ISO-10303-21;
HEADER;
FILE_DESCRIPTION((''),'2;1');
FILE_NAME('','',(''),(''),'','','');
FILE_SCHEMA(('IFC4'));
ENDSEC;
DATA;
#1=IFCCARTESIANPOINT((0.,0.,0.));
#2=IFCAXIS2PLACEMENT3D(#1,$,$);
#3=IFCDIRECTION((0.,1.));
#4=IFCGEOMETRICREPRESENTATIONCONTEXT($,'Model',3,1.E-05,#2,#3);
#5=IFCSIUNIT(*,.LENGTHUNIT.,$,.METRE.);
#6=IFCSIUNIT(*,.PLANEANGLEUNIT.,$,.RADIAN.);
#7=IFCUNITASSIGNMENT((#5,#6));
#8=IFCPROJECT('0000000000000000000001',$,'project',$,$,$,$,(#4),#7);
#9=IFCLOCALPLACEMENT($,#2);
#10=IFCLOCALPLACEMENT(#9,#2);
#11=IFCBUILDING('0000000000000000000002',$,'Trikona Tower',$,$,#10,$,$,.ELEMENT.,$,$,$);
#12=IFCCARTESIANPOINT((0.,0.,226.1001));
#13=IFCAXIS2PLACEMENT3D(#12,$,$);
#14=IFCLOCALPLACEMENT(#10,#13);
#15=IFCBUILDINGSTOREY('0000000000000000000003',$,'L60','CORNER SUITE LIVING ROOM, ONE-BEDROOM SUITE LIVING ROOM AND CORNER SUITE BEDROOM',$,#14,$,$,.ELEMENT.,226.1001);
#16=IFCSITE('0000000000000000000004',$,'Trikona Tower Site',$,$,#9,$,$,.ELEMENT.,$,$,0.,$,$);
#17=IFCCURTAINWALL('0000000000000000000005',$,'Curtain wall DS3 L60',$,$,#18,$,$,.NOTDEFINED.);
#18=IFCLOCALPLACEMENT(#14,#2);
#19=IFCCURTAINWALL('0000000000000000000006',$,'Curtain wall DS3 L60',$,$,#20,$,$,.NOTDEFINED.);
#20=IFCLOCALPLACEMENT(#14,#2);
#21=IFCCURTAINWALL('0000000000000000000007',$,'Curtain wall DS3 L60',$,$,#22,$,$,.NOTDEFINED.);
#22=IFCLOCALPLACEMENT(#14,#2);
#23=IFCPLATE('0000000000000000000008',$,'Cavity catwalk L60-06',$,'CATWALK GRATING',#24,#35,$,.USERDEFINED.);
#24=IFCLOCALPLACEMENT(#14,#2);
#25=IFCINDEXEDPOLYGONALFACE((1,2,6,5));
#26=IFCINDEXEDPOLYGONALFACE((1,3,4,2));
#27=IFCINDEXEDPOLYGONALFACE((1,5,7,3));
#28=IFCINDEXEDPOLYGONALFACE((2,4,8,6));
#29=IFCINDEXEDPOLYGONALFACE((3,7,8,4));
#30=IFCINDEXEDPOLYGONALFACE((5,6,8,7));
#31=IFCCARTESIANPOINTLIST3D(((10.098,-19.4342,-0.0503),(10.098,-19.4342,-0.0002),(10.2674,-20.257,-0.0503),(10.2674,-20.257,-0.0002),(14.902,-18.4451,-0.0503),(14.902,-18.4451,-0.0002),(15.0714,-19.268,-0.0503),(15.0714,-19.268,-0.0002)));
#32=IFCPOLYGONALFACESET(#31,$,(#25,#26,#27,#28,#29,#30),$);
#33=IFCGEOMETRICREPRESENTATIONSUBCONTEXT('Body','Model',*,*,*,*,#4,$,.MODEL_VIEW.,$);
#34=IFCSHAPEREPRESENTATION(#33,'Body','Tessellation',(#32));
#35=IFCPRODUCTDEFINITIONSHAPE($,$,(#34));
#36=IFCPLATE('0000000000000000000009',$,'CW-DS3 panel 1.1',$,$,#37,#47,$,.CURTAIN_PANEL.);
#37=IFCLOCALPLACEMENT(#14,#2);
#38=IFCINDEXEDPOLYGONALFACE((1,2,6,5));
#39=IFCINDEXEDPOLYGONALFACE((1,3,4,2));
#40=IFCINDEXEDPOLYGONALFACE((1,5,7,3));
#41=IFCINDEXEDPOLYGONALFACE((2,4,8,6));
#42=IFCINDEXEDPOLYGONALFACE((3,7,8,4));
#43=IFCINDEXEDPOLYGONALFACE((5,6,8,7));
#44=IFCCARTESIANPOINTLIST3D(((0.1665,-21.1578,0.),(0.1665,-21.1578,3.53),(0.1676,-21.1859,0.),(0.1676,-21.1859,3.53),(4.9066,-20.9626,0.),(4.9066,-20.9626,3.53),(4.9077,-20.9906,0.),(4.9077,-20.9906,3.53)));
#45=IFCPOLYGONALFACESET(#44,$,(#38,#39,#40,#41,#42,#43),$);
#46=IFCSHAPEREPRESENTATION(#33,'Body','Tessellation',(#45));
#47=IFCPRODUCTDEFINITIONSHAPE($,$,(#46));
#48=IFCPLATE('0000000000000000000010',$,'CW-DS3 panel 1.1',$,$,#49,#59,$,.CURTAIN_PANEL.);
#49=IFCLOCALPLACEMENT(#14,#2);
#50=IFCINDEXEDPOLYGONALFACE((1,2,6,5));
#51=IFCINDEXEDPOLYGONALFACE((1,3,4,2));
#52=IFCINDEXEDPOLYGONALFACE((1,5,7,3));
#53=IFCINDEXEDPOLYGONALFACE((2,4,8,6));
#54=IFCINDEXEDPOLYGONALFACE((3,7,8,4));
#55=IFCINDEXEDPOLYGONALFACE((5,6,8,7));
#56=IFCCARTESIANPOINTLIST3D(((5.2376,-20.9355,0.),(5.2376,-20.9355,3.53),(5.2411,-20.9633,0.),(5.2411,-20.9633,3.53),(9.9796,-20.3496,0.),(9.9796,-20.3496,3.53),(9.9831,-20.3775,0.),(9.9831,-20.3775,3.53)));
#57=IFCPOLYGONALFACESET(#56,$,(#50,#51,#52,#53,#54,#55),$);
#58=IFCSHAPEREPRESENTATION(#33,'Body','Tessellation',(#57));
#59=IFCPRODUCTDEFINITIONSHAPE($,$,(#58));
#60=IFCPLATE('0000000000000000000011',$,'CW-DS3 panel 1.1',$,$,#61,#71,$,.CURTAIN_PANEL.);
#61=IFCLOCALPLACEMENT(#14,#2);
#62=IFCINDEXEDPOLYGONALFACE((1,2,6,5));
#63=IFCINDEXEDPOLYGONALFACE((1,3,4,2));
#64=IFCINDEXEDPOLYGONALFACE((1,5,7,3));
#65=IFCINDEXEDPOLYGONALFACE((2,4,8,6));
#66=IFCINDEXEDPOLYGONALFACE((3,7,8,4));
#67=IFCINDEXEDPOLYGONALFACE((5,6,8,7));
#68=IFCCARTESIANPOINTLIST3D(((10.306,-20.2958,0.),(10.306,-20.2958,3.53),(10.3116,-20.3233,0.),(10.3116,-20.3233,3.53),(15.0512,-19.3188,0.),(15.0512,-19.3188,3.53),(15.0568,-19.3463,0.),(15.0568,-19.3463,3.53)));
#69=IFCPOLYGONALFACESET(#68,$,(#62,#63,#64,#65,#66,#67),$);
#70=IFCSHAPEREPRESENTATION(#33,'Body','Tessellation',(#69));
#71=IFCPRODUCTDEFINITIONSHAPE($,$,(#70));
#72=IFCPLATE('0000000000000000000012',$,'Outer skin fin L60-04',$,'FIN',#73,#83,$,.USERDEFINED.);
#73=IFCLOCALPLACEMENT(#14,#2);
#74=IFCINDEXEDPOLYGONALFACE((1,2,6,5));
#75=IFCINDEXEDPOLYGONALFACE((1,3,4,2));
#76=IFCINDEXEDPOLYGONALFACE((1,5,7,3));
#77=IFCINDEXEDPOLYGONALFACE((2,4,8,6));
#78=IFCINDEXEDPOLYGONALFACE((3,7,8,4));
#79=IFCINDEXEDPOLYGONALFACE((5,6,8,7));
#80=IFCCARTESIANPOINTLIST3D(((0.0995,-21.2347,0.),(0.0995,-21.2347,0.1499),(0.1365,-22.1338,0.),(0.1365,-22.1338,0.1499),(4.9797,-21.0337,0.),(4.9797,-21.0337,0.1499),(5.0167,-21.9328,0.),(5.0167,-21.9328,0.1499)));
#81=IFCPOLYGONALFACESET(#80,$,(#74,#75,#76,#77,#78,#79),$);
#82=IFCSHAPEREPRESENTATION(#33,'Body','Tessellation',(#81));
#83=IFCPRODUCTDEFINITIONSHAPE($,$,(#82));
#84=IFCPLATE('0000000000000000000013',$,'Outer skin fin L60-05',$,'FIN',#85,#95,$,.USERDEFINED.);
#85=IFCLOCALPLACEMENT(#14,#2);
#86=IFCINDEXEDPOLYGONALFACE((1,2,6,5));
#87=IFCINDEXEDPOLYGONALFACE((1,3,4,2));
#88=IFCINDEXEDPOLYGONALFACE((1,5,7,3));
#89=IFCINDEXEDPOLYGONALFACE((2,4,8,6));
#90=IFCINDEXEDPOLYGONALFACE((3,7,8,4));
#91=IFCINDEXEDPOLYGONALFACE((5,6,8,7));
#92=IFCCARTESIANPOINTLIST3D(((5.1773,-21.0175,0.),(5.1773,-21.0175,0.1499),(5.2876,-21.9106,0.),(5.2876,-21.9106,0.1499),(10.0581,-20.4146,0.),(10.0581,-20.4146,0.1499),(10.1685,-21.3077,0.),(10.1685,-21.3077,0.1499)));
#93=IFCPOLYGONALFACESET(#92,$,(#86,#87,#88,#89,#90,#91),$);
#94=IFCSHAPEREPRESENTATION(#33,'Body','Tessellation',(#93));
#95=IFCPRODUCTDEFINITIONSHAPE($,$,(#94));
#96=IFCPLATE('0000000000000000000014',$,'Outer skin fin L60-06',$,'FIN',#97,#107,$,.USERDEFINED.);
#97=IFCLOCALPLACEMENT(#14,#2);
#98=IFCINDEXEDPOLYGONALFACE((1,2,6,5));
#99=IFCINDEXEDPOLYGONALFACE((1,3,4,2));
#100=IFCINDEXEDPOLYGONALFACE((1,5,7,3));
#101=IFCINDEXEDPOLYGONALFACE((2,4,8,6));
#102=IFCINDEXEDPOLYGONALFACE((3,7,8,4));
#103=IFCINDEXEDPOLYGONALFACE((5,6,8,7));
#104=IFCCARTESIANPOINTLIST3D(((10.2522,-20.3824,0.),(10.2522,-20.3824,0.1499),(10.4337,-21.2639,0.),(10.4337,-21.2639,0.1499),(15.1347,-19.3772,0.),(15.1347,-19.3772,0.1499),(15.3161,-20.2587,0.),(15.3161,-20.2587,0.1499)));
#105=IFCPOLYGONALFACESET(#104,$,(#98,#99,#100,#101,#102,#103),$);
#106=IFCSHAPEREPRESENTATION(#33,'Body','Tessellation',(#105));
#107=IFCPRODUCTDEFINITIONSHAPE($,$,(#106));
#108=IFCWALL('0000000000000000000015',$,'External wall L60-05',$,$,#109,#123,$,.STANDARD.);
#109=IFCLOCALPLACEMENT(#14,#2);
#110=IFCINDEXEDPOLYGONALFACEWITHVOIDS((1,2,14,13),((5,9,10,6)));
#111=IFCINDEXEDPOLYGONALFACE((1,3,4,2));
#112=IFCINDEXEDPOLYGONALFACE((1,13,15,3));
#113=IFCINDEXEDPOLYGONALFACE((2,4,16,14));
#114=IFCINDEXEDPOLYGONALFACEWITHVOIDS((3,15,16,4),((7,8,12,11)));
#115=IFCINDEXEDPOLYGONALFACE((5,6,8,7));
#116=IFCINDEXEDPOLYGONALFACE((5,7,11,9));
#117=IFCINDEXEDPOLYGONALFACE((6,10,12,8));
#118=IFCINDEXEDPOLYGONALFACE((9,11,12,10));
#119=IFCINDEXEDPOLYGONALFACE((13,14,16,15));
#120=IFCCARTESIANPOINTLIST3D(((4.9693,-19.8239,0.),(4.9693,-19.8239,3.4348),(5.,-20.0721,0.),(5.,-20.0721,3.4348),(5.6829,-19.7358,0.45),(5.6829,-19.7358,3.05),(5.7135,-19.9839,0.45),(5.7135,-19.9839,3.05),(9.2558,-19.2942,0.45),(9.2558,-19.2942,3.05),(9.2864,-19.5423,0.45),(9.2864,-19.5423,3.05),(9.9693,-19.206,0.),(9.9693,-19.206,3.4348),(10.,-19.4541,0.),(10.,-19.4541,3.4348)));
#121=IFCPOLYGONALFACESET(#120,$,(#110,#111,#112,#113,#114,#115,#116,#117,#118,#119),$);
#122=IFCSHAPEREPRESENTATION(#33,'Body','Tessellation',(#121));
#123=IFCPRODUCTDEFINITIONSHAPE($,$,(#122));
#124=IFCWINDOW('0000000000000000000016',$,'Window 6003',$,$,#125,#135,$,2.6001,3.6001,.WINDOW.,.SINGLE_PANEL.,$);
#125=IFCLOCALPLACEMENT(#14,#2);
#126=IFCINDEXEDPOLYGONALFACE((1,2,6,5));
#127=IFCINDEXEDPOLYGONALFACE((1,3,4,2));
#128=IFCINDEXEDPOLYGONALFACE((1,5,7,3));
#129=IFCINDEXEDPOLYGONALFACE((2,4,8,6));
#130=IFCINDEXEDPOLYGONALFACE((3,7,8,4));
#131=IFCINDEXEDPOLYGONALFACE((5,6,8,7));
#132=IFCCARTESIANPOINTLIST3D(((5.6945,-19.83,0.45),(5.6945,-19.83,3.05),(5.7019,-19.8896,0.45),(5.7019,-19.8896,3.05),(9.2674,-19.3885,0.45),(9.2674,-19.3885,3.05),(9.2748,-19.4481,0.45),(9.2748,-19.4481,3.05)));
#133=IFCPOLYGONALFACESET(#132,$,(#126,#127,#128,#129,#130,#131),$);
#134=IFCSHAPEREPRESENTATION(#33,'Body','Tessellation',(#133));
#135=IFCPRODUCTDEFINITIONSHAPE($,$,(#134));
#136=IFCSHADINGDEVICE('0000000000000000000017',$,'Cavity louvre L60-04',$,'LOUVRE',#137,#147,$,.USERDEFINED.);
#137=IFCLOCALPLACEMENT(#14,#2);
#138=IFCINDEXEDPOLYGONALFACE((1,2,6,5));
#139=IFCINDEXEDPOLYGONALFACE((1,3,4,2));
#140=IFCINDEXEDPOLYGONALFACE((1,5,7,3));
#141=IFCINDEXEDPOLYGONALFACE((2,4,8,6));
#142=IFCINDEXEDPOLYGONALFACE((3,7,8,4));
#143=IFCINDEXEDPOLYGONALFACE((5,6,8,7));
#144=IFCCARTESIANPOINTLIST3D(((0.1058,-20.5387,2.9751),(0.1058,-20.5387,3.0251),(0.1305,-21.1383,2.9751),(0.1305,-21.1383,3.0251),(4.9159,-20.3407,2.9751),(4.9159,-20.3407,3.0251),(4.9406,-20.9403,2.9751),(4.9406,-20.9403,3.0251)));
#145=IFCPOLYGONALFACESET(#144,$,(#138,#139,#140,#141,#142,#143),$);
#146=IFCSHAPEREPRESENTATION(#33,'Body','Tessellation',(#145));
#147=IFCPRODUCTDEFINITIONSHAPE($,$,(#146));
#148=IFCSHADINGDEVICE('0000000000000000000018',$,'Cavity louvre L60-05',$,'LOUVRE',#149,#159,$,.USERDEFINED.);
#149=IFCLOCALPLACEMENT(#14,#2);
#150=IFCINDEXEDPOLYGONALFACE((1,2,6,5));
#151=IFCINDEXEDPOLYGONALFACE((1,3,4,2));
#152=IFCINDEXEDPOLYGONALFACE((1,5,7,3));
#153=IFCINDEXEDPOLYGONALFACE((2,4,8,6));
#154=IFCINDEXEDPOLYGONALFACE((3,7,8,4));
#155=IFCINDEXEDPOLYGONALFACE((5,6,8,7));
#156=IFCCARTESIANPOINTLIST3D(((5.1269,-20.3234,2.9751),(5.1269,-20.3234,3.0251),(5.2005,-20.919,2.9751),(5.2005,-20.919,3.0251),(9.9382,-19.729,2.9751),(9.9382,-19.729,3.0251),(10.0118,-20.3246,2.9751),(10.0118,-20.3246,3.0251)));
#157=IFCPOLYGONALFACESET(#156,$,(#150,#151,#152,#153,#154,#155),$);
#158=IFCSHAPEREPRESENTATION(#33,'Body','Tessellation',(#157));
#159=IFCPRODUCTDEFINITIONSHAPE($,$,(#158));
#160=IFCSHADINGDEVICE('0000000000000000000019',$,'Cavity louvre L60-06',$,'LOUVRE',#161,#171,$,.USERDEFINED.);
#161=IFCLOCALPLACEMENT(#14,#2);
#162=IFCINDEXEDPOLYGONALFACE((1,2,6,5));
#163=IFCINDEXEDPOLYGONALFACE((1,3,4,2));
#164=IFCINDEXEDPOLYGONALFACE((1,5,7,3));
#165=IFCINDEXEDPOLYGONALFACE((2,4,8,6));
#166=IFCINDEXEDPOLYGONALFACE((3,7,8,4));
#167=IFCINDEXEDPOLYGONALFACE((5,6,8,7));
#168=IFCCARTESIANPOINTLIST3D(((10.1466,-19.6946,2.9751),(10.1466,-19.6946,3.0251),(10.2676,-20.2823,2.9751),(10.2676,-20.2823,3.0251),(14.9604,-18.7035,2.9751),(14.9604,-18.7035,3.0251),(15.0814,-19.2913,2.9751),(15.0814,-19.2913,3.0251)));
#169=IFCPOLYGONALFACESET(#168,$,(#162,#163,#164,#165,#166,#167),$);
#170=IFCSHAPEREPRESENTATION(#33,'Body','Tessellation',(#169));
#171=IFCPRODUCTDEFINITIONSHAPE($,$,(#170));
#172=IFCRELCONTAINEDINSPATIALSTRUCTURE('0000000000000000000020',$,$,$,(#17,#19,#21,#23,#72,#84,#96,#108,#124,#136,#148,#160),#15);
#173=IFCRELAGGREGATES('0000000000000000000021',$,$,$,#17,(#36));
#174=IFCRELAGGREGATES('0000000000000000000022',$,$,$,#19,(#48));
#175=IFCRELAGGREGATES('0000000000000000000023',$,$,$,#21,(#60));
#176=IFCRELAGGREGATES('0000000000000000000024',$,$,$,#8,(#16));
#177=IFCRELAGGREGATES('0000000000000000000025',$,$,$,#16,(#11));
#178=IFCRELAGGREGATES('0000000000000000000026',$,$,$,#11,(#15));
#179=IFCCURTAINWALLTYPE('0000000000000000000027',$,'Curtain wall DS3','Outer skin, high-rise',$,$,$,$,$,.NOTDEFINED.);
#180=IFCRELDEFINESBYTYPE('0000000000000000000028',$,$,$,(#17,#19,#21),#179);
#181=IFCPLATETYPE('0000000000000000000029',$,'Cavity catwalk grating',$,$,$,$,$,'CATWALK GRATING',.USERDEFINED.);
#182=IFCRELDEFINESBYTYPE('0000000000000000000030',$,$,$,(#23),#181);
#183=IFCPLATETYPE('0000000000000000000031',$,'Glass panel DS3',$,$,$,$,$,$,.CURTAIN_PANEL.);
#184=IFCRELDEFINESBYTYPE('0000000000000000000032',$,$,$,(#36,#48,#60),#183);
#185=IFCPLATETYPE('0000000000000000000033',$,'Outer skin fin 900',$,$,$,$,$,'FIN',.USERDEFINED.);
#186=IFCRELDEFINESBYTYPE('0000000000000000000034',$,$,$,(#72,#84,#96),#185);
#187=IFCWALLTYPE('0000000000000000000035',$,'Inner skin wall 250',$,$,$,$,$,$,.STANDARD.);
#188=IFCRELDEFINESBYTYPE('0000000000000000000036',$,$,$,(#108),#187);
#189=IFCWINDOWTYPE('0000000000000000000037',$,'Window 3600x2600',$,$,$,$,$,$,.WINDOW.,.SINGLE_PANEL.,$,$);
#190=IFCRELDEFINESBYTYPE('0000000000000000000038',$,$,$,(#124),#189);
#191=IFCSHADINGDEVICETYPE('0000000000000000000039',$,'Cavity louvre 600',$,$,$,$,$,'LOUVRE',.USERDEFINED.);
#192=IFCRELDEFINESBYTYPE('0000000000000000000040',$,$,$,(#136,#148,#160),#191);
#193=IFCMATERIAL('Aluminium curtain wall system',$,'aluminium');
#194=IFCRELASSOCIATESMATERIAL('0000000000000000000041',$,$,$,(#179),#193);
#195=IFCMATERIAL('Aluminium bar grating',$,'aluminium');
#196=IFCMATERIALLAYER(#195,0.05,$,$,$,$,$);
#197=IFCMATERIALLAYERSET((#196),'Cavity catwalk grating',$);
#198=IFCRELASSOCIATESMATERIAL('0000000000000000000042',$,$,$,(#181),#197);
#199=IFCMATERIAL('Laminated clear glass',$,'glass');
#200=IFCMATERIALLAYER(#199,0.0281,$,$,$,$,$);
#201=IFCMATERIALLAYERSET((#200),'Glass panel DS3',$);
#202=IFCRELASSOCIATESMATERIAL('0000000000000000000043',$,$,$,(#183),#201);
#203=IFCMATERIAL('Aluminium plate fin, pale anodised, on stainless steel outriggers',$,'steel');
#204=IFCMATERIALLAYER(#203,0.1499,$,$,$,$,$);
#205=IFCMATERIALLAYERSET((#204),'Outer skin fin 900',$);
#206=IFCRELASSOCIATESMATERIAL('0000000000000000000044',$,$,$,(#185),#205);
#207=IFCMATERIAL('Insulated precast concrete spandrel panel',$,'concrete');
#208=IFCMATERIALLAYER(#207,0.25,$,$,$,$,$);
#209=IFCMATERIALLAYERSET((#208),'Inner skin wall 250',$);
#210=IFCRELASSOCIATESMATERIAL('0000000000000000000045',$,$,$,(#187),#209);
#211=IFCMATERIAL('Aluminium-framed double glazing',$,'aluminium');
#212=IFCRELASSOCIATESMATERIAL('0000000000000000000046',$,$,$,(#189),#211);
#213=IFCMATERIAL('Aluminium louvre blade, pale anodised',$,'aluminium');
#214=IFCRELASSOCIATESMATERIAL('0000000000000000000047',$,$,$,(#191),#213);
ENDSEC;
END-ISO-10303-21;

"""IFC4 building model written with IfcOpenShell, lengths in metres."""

from ifc_helpers import new_model, si_unit, direction, frame, frame_2d, origin, origin_2d, place, context, subcontext, project, spatial, rectangle, extrude, material, layer, layer_set, type_object, element, fill, aggregate, save


model = new_model("IFC4")

# Units and contexts
model_context = context("Model", 3, precision=1e-05, world=origin(), true_north=direction((0.0, 1.0)))
body_context = subcontext(model_context, "Body", "Model", "MODEL_VIEW")
ifc_project = project(units=[si_unit("LENGTHUNIT", "METRE"), si_unit("PLANEANGLEUNIT", "RADIAN")], contexts=[model_context])

# Site, building, storey
site_placement = place(None, origin())
site = spatial("IfcSite", under=ifc_project, at=site_placement, Name="Trikona Tower Site", CompositionType="ELEMENT", RefElevation=0.0)
building_placement = place(site_placement, origin())
building = spatial("IfcBuilding", under=site, at=building_placement, Name="Trikona Tower", CompositionType="ELEMENT")
storey_placement = place(building_placement, frame((0.0, 0.0, 226.1001)))
storey = spatial("IfcBuildingStorey", under=building, at=storey_placement, Name="L60", Description="CORNER SUITE LIVING ROOM, ONE-BEDROOM SUITE LIVING ROOM AND CORNER SUITE BEDROOM", CompositionType="ELEMENT", Elevation=226.1001)

# Curtain walls
ifc_material_1 = material(Name="Aluminium curtain wall system", Category="aluminium")
curtain_wall_type = type_object("IfcCurtainWallType", Name="Curtain wall DS3", Description="Outer skin, high-rise", PredefinedType="NOTDEFINED", material=ifc_material_1)
curtain_wall_1_placement = place(storey_placement, origin())
curtain_wall_1 = element("IfcCurtainWall", 1, at=curtain_wall_1_placement, inside=storey, type_object=curtain_wall_type, Name="Curtain wall DS3 L60", PredefinedType="NOTDEFINED")
curtain_wall_2_placement = place(storey_placement, origin())
curtain_wall_2 = element("IfcCurtainWall", 2, at=curtain_wall_2_placement, inside=storey, type_object=curtain_wall_type, Name="Curtain wall DS3 L60", PredefinedType="NOTDEFINED")

# Curtain wall
curtain_wall_3_placement = place(storey_placement, origin())
curtain_wall_3 = element("IfcCurtainWall", 3, at=curtain_wall_3_placement, inside=storey, type_object=curtain_wall_type, Name="Curtain wall DS3 L60", PredefinedType="NOTDEFINED")

# Plate
ifc_material_2 = material(Name="Aluminium bar grating", Category="aluminium")
ifc_layer_1 = layer(ifc_material_2, 0.05)
ifc_layer_set_1 = layer_set([ifc_layer_1], Name="Cavity catwalk grating")
plate_type_1 = type_object("IfcPlateType", Name="Cavity catwalk grating", ElementType="CATWALK GRATING", PredefinedType="USERDEFINED", material=ifc_layer_set_1)
plate_1_placement = place(storey_placement, frame((12.5847, -19.3511, -0.0503), z_axis=(0.0, 0.0, 1.0), x_axis=(0.979458, 0.201651, 0.0)))
element("IfcPlate", 4, at=plate_1_placement, inside=storey, type_object=plate_type_1, Name="Cavity catwalk L60-06", ObjectType="CATWALK GRATING", PredefinedType="USERDEFINED", context=body_context, shape_type="SweptSolid", body=[
    extrude(rectangle(XDim=4.9048, YDim=0.8401, at=origin_2d()), origin(), (0.0, 0.0, 1.0), 0.05),
])

# Plates
ifc_material_3 = material(Name="Laminated clear glass", Category="glass")
ifc_layer_2 = layer(ifc_material_3, 0.0281)
ifc_layer_set_2 = layer_set([ifc_layer_2], Name="Glass panel DS3")
plate_type_2 = type_object("IfcPlateType", Name="Glass panel DS3", PredefinedType="CURTAIN_PANEL", material=ifc_layer_set_2)
plate_2_placement = place(storey_placement, frame((2.5371, -21.0742, 0.0), z_axis=(0.0, 0.0, 1.0), x_axis=(0.999153, 0.041153, 0.0)))
plate_2 = element("IfcPlate", 5, at=plate_2_placement, type_object=plate_type_2, Name="CW-DS3 panel 1.1", PredefinedType="CURTAIN_PANEL", context=body_context, shape_type="SweptSolid", body=[
    extrude(rectangle(XDim=4.7441, YDim=0.0281, at=origin_2d()), origin(), (0.0, 0.0, 1.0), 3.53),
])
aggregate(curtain_wall_1, [plate_2])
plate_3_placement = place(storey_placement, frame((7.6104, -20.6565, 0.0), z_axis=(0.0, 0.0, 1.0), x_axis=(0.992455, 0.122611, 0.0)))
plate_3 = element("IfcPlate", 6, at=plate_3_placement, type_object=plate_type_2, Name="CW-DS3 panel 1.1", PredefinedType="CURTAIN_PANEL", context=body_context, shape_type="SweptSolid", body=[
    extrude(rectangle(XDim=4.7781, YDim=0.0281, at=origin_2d()), origin(), (0.0, 0.0, 1.0), 3.53),
])
aggregate(curtain_wall_2, [plate_3])
plate_4_placement = place(storey_placement, frame((12.6814, -19.821, 0.0), z_axis=(0.0, 0.0, 1.0), x_axis=(0.979457, 0.201653, 0.0)))
plate_4 = element("IfcPlate", 7, at=plate_4_placement, type_object=plate_type_2, Name="CW-DS3 panel 1.1", PredefinedType="CURTAIN_PANEL", context=body_context, shape_type="SweptSolid", body=[
    extrude(rectangle(XDim=4.8447, YDim=0.0281, at=origin_2d()), origin(), (0.0, 0.0, 1.0), 3.53),
])
aggregate(curtain_wall_3, [plate_4])

# Plates
ifc_material_4 = material(Name="Aluminium plate fin, pale anodised, on stainless steel outriggers", Category="steel")
ifc_layer_3 = layer(ifc_material_4, 0.1499)
ifc_layer_set_3 = layer_set([ifc_layer_3], Name="Outer skin fin 900")
plate_type_3 = type_object("IfcPlateType", Name="Outer skin fin 900", ElementType="FIN", PredefinedType="USERDEFINED", material=ifc_layer_set_3)
plate_5_placement = place(storey_placement, frame((2.5581, -21.5837, 0.0), z_axis=(0.0, 0.0, 1.0), x_axis=(0.999153, 0.041145, 0.0)))
element("IfcPlate", 8, at=plate_5_placement, inside=storey, type_object=plate_type_3, Name="Outer skin fin L60-04", ObjectType="FIN", PredefinedType="USERDEFINED", context=body_context, shape_type="SweptSolid", body=[
    extrude(rectangle(XDim=4.8843, YDim=0.8999, at=origin_2d()), origin(), (0.0, 0.0, 1.0), 0.1499),
])
plate_6_placement = place(storey_placement, frame((7.6729, -21.1626, 0.0), z_axis=(0.0, 0.0, 1.0), x_axis=(0.992455, 0.122607, 0.0)))
element("IfcPlate", 9, at=plate_6_placement, inside=storey, type_object=plate_type_3, Name="Outer skin fin L60-05", ObjectType="FIN", PredefinedType="USERDEFINED", context=body_context, shape_type="SweptSolid", body=[
    extrude(rectangle(XDim=4.918, YDim=0.8999, at=origin_2d()), origin(), (0.0, 0.0, 1.0), 0.1499),
])
plate_7_placement = place(storey_placement, frame((12.7842, -20.3206, 0.0), z_axis=(0.0, 0.0, 1.0), x_axis=(0.979458, 0.201651, 0.0)))
element("IfcPlate", 10, at=plate_7_placement, inside=storey, type_object=plate_type_3, Name="Outer skin fin L60-06", ObjectType="FIN", PredefinedType="USERDEFINED", context=body_context, shape_type="SweptSolid", body=[
    extrude(rectangle(XDim=4.9849, YDim=0.8999, at=origin_2d()), origin(), (0.0, 0.0, 1.0), 0.1499),
])

# Wall, opening, window
ifc_material_5 = material(Name="Insulated precast concrete spandrel panel", Category="concrete")
ifc_layer_4 = layer(ifc_material_5, 0.25)
ifc_layer_set_4 = layer_set([ifc_layer_4], Name="Inner skin wall 250")
wall_type = type_object("IfcWallType", Name="Inner skin wall 250", PredefinedType="STANDARD", material=ifc_layer_set_4)
wall_placement = place(storey_placement, frame((4.9846, -19.948, 0.0), z_axis=(0.0, 0.0, 1.0), x_axis=(0.99245, 0.122651, 0.0)))
wall = element("IfcWall", 11, at=wall_placement, inside=storey, type_object=wall_type, Name="External wall L60-05", PredefinedType="STANDARD", context=body_context, shape_type="SweptSolid", body=[
    extrude(rectangle(XDim=5.0381, YDim=0.25, at=frame_2d((2.519, 0.0))), origin(), (0.0, 0.0, 1.0), 3.4348),
])
opening_placement = place(wall_placement, frame((0.719, 0.0, 0.45)))
opening = element("IfcOpeningElement", 12, at=opening_placement, cuts=wall, PredefinedType="OPENING", context=body_context, shape_type="SweptSolid", body=[
    extrude(rectangle(XDim=3.6001, YDim=2.6001, at=frame_2d((1.8, 1.3))), frame((0.0, 0.135, 0.0), z_axis=(0.0, -1.0, 0.0), x_axis=(1.0, 0.0, 0.0)), (0.0, 0.0, 1.0), 0.27),
])
ifc_material_6 = material(Name="Aluminium-framed double glazing", Category="aluminium")
window_type = type_object("IfcWindowType", Name="Window 3600x2600", PartitioningType="SINGLE_PANEL", PredefinedType="WINDOW", material=ifc_material_6)
window_placement = place(opening_placement, origin())
window = element("IfcWindow", 13, at=window_placement, inside=storey, type_object=window_type, Name="Window 6003", OverallHeight=2.6001, OverallWidth=3.6001, PartitioningType="SINGLE_PANEL", PredefinedType="WINDOW", context=body_context, shape_type="SweptSolid", body=[
    extrude(rectangle(XDim=3.6001, YDim=2.6001, at=frame_2d((1.8, 1.3))), frame((0.0, 0.03, 0.0), z_axis=(0.0, -1.0, 0.0), x_axis=(1.0, 0.0, 0.0)), (0.0, 0.0, 1.0), 0.0601),
])
fill(opening, window)

# Shading devices
ifc_material_7 = material(Name="Aluminium louvre blade, pale anodised", Category="aluminium")
shading_device_type = type_object("IfcShadingDeviceType", Name="Cavity louvre 600", ElementType="LOUVRE", PredefinedType="USERDEFINED", material=ifc_material_7)
shading_device_1_placement = place(storey_placement, frame((2.5232, -20.7395, 2.9751), z_axis=(0.0, 0.0, 1.0), x_axis=(0.999153, 0.041145, 0.0)))
element("IfcShadingDevice", 14, at=shading_device_1_placement, inside=storey, type_object=shading_device_type, Name="Cavity louvre L60-04", ObjectType="LOUVRE", PredefinedType="USERDEFINED", context=body_context, shape_type="SweptSolid", body=[
    extrude(rectangle(XDim=4.8142, YDim=0.6001, at=origin_2d()), origin(), (0.0, 0.0, 1.0), 0.05),
])
shading_device_2_placement = place(storey_placement, frame((7.5693, -20.324, 2.9751), z_axis=(0.0, 0.0, 1.0), x_axis=(0.992455, 0.122607, 0.0)))
element("IfcShadingDevice", 15, at=shading_device_2_placement, inside=storey, type_object=shading_device_type, Name="Cavity louvre L60-05", ObjectType="LOUVRE", PredefinedType="USERDEFINED", context=body_context, shape_type="SweptSolid", body=[
    extrude(rectangle(XDim=4.8479, YDim=0.6001, at=origin_2d()), origin(), (0.0, 0.0, 1.0), 0.05),
])
shading_device_3_placement = place(storey_placement, frame((12.614, -19.4929, 2.9751), z_axis=(0.0, 0.0, 1.0), x_axis=(0.979458, 0.201651, 0.0)))
element("IfcShadingDevice", 16, at=shading_device_3_placement, inside=storey, type_object=shading_device_type, Name="Cavity louvre L60-06", ObjectType="LOUVRE", PredefinedType="USERDEFINED", context=body_context, shape_type="SweptSolid", body=[
    extrude(rectangle(XDim=4.9148, YDim=0.6001, at=origin_2d()), origin(), (0.0, 0.0, 1.0), 0.05),
])

save(model, "model.ifc")
